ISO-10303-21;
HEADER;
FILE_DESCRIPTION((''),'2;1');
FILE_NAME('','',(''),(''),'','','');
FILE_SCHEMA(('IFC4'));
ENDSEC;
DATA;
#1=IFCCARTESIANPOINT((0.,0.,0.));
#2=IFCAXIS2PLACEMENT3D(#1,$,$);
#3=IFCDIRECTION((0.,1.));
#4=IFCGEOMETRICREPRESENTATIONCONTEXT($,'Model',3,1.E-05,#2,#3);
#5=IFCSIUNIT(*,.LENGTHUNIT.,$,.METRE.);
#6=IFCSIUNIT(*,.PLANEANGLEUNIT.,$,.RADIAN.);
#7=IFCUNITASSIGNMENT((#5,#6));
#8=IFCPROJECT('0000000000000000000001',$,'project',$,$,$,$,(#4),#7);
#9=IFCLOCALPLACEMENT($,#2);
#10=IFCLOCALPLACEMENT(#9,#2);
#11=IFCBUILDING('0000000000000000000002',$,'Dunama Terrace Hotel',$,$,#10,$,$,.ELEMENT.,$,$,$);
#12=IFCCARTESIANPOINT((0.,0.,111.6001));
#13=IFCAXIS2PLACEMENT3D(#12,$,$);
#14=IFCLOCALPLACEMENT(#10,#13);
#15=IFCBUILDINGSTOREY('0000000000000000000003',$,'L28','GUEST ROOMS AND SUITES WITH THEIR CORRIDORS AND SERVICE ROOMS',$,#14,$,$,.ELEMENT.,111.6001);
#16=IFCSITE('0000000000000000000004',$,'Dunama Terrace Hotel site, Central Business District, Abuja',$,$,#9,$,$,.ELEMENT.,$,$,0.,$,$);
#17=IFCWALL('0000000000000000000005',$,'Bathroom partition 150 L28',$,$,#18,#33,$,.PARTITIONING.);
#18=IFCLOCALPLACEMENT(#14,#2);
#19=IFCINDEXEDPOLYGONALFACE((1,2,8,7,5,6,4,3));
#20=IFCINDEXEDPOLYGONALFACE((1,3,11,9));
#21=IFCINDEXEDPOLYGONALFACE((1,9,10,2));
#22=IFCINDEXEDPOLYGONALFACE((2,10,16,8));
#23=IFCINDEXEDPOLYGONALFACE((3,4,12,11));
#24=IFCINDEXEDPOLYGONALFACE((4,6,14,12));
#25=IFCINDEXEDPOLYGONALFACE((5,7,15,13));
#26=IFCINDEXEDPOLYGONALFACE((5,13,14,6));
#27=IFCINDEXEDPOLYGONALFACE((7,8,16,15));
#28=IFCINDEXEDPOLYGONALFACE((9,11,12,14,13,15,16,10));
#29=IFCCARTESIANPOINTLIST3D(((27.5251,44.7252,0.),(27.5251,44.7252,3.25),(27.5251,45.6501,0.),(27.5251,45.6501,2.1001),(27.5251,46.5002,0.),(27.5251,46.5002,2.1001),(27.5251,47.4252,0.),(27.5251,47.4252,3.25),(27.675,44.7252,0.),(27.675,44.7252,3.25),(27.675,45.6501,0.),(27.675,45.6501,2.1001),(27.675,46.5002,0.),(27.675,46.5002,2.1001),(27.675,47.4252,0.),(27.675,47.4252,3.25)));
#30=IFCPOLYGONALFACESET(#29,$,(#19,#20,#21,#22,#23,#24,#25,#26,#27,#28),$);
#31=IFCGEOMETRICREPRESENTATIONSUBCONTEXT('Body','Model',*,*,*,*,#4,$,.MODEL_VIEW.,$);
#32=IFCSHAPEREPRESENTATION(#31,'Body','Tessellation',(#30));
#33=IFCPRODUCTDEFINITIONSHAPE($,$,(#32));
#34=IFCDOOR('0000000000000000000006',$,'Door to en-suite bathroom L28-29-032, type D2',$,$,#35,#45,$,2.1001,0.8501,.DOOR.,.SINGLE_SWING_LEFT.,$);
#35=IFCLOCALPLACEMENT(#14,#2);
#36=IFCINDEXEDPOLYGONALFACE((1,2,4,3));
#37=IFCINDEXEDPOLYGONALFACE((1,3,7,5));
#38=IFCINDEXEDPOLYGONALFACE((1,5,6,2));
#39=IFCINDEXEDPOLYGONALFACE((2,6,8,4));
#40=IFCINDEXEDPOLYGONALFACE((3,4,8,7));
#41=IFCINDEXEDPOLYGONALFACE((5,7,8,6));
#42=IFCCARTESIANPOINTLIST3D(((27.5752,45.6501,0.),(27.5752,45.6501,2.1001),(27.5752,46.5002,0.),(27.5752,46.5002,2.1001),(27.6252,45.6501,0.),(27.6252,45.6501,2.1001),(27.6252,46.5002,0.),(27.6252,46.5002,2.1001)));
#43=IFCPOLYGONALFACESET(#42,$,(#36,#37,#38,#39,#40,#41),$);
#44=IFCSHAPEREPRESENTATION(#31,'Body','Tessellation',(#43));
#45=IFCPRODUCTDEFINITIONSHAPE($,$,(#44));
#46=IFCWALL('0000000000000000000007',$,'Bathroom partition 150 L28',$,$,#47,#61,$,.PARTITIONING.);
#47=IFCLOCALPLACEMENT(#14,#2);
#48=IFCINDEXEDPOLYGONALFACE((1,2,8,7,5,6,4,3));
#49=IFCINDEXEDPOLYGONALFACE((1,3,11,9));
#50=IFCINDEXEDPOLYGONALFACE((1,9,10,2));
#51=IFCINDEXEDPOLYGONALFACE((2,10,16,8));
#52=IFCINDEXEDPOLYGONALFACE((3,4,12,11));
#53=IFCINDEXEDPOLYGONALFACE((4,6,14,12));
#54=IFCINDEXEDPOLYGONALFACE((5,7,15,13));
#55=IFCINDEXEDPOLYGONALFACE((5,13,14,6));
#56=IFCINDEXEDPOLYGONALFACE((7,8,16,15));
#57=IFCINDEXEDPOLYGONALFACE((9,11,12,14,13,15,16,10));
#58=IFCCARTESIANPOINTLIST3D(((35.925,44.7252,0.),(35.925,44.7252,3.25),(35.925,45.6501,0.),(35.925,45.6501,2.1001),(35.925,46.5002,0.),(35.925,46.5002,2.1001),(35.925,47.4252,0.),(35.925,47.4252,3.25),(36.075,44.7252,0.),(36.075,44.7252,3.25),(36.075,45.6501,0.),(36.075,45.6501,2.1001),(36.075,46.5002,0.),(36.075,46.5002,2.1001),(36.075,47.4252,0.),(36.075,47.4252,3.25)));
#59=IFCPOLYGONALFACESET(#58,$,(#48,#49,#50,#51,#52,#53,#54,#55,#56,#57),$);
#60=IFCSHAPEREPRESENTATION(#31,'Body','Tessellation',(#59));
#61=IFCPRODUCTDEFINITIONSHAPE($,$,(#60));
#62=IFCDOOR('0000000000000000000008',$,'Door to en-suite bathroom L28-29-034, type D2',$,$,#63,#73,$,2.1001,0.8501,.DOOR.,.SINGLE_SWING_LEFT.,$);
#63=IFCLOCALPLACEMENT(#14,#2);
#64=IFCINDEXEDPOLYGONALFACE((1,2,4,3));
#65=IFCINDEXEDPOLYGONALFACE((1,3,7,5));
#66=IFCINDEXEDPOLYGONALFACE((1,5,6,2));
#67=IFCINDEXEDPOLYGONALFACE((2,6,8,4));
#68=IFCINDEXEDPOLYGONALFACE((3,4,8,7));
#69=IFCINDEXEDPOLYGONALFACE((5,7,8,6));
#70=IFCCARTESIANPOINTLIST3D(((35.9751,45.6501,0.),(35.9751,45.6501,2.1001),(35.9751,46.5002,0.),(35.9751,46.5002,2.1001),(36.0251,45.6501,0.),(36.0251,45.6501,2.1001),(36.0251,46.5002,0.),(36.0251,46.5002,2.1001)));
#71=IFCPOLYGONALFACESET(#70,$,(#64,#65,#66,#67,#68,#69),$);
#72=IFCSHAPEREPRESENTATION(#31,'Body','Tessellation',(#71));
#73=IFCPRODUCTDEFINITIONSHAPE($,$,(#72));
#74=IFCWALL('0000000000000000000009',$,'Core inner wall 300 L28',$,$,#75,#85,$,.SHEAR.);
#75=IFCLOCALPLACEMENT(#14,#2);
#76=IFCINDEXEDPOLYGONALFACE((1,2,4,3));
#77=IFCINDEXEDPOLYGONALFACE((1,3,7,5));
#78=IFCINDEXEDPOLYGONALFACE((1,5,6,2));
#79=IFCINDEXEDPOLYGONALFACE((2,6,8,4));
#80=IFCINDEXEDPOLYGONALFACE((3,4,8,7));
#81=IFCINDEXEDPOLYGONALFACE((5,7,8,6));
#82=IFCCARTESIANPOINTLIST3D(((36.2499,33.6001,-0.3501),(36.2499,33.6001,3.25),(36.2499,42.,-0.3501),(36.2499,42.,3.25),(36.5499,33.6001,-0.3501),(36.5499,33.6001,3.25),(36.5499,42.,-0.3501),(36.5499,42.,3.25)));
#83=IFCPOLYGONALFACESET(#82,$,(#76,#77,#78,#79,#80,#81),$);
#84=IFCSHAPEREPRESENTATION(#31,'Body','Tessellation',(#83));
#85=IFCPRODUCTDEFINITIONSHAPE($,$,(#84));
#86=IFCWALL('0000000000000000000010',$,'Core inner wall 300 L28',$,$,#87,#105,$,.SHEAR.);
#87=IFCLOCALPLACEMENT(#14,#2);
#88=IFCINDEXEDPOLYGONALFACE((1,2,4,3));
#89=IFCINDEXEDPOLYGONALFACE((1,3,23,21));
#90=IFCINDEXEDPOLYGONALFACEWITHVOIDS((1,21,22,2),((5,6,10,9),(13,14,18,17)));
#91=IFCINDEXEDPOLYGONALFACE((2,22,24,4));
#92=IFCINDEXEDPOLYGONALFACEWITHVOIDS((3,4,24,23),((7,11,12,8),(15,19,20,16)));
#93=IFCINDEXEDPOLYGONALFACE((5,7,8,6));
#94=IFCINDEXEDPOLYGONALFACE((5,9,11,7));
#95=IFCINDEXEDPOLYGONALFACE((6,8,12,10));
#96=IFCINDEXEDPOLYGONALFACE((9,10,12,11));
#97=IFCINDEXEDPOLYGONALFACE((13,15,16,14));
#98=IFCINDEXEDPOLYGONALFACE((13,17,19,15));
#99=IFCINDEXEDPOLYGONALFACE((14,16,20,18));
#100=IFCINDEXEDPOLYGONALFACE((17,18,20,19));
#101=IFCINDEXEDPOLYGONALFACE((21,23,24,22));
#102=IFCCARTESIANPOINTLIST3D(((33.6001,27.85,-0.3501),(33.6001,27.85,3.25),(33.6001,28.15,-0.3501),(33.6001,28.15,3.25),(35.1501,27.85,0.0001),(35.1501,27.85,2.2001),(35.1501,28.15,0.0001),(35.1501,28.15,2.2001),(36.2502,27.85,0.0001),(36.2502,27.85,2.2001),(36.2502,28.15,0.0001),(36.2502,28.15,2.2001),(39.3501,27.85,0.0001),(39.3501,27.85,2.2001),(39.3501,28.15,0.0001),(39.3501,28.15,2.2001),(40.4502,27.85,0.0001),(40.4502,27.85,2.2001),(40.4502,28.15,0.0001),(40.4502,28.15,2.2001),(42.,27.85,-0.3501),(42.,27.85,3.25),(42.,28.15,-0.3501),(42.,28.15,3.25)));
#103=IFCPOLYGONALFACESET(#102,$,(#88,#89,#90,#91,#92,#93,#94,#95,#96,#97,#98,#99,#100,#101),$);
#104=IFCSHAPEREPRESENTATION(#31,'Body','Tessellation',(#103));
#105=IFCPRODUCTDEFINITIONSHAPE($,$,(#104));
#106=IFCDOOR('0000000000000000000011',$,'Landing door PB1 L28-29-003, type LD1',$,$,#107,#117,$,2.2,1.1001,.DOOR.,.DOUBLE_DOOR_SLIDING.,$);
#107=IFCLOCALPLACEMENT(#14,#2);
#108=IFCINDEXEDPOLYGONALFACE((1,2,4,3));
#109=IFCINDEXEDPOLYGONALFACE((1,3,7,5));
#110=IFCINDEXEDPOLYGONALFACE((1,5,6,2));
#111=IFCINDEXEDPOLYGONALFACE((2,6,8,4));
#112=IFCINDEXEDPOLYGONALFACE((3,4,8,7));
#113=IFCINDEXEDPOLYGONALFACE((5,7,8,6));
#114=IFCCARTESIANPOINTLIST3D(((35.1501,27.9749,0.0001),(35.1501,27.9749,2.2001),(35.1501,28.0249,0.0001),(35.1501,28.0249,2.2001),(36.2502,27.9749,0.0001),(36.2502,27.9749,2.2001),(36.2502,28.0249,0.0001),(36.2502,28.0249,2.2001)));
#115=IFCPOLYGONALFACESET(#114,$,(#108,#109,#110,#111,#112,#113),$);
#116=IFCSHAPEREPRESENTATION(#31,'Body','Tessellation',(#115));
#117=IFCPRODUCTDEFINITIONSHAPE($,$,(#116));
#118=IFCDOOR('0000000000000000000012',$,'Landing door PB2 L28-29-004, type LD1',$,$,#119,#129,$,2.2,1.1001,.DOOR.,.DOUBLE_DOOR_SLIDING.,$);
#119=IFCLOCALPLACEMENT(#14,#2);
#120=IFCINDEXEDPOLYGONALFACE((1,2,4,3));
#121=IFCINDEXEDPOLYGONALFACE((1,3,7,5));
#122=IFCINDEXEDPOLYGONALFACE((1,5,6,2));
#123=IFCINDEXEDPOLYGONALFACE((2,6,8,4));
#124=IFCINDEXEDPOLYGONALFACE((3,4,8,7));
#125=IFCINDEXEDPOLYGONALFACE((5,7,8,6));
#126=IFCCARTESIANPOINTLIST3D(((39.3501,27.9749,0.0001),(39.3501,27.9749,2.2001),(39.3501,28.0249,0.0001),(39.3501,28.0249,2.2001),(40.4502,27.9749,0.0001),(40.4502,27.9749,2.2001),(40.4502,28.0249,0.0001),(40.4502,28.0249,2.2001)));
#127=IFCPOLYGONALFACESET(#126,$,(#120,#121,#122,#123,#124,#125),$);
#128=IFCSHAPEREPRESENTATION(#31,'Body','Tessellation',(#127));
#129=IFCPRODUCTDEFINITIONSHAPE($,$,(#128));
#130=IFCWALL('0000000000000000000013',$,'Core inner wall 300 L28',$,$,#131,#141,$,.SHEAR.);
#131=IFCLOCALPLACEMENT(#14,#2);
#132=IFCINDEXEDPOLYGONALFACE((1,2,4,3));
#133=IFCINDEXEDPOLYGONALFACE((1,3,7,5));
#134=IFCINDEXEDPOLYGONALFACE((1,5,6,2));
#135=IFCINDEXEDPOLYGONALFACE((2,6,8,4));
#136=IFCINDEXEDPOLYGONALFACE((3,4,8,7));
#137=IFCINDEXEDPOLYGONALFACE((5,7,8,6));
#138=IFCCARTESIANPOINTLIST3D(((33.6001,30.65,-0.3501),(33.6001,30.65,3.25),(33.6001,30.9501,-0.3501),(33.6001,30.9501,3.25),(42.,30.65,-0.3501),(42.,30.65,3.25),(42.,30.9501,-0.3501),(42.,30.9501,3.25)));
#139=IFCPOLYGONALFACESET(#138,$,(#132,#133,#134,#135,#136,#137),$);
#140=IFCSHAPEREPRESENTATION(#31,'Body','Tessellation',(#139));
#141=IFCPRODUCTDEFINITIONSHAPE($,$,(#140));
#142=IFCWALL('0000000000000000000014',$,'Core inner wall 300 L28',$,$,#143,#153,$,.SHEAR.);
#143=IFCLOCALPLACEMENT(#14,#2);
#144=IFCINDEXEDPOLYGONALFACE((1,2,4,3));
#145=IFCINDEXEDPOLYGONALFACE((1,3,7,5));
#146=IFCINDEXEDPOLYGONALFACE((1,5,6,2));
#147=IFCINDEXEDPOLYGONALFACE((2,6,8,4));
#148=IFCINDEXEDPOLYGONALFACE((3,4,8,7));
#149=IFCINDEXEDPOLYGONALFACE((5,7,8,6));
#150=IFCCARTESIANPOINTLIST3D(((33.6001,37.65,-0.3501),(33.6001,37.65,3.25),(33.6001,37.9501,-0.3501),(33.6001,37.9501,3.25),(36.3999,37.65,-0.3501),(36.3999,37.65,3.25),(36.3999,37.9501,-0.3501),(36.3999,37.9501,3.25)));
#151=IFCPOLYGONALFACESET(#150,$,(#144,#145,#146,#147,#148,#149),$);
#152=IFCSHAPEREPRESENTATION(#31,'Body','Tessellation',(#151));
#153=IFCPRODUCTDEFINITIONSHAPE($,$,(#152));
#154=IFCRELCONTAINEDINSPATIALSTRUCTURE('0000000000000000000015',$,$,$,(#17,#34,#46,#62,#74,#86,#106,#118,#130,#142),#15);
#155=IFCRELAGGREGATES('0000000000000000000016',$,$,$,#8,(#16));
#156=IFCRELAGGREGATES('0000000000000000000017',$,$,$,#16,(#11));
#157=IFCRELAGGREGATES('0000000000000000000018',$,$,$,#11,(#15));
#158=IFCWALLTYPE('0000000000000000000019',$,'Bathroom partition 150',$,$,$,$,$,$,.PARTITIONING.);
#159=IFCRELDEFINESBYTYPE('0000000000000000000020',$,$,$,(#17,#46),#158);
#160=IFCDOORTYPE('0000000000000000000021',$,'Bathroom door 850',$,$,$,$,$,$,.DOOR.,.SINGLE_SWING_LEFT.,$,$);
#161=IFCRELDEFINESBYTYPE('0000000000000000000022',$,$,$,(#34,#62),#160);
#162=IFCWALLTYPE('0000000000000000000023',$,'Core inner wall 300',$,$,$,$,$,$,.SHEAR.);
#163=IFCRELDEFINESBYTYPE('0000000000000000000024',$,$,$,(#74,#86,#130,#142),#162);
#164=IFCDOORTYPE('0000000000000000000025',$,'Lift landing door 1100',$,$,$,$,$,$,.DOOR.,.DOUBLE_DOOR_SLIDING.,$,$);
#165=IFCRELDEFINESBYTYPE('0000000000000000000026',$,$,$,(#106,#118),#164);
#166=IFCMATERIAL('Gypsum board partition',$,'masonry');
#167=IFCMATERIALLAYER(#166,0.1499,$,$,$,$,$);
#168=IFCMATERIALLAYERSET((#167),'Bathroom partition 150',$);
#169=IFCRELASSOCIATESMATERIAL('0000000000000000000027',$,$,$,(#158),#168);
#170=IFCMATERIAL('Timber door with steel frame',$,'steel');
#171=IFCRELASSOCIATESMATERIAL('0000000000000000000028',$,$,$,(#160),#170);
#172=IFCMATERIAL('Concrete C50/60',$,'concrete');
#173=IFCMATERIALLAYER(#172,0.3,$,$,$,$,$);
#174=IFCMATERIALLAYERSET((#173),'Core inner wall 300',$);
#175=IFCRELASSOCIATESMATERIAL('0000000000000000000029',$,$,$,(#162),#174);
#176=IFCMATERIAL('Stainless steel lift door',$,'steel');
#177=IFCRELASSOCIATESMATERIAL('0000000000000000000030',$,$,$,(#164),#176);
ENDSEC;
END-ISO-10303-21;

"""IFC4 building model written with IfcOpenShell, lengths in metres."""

from ifc_helpers import new_model, si_unit, direction, frame, frame_2d, origin, place, context, subcontext, project, spatial, rectangle, extrude, material, layer, layer_set, type_object, element, fill, save


model = new_model("IFC4")

# Units and contexts
model_context = context("Model", 3, precision=1e-05, world=origin(), true_north=direction((0.0, 1.0)))
body_context = subcontext(model_context, "Body", "Model", "MODEL_VIEW")
ifc_project = project(units=[si_unit("LENGTHUNIT", "METRE"), si_unit("PLANEANGLEUNIT", "RADIAN")], contexts=[model_context])

# Site, building, storey
site_placement = place(None, origin())
site = spatial("IfcSite", under=ifc_project, at=site_placement, Name="Dunama Terrace Hotel site, Central Business District, Abuja", CompositionType="ELEMENT", RefElevation=0.0)
building_placement = place(site_placement, origin())
building = spatial("IfcBuilding", under=site, at=building_placement, Name="Dunama Terrace Hotel", CompositionType="ELEMENT")
storey_placement = place(building_placement, frame((0.0, 0.0, 111.6001)))
storey = spatial("IfcBuildingStorey", under=building, at=storey_placement, Name="L28", Description="GUEST ROOMS AND SUITES WITH THEIR CORRIDORS AND SERVICE ROOMS", CompositionType="ELEMENT", Elevation=111.6001)

# Walls, openings, doors
ifc_material_1 = material(Name="Gypsum board partition", Category="masonry")
ifc_layer_1 = layer(ifc_material_1, 0.1499)
ifc_layer_set_1 = layer_set([ifc_layer_1], Name="Bathroom partition 150")
wall_type_1 = type_object("IfcWallType", Name="Bathroom partition 150", PredefinedType="PARTITIONING", material=ifc_layer_set_1)
wall_1_placement = place(storey_placement, frame((27.6001, 44.7251, 0.0), z_axis=(0.0, 0.0, 1.0), x_axis=(0.0, 1.0, 0.0)))
wall_1 = element("IfcWall", 1, at=wall_1_placement, inside=storey, type_object=wall_type_1, Name="Bathroom partition 150 L28", PredefinedType="PARTITIONING", context=body_context, shape_type="SweptSolid", body=[
    extrude(rectangle(XDim=2.7, YDim=0.1499, at=frame_2d((1.3501, 0.0))), origin(), (0.0, 0.0, 1.0), 3.25),
])
opening_1_placement = place(wall_1_placement, frame((0.925, 0.0, 0.0)))
opening_1 = element("IfcOpeningElement", 2, at=opening_1_placement, cuts=wall_1, PredefinedType="OPENING", context=body_context, shape_type="SweptSolid", body=[
    extrude(rectangle(XDim=0.8501, YDim=2.1001, at=frame_2d((0.425, 1.05))), frame((0.0, 0.085, 0.0), z_axis=(0.0, -1.0, 0.0), x_axis=(1.0, 0.0, 0.0)), (0.0, 0.0, 1.0), 0.1699),
])
ifc_material_2 = material(Name="Timber door with steel frame", Category="steel")
door_type_1 = type_object("IfcDoorType", Name="Bathroom door 850", OperationType="SINGLE_SWING_LEFT", PredefinedType="DOOR", material=ifc_material_2)
door_1_placement = place(opening_1_placement, origin())
door_1 = element("IfcDoor", 3, at=door_1_placement, inside=storey, type_object=door_type_1, Name="Door to en-suite bathroom L28-29-032, type D2", OperationType="SINGLE_SWING_LEFT", OverallHeight=2.1001, OverallWidth=0.8501, PredefinedType="DOOR", context=body_context, shape_type="SweptSolid", body=[
    extrude(rectangle(XDim=0.8501, YDim=2.1001, at=frame_2d((0.425, 1.05))), frame((0.0, 0.0249, 0.0), z_axis=(0.0, -1.0, 0.0), x_axis=(1.0, 0.0, 0.0)), (0.0, 0.0, 1.0), 0.05),
])
fill(opening_1, door_1)
wall_2_placement = place(storey_placement, frame((36.0, 44.7251, 0.0), z_axis=(0.0, 0.0, 1.0), x_axis=(0.0, 1.0, 0.0)))
wall_2 = element("IfcWall", 4, at=wall_2_placement, inside=storey, type_object=wall_type_1, Name="Bathroom partition 150 L28", PredefinedType="PARTITIONING", context=body_context, shape_type="SweptSolid", body=[
    extrude(rectangle(XDim=2.7, YDim=0.1499, at=frame_2d((1.3501, 0.0))), origin(), (0.0, 0.0, 1.0), 3.25),
])
opening_2_placement = place(wall_2_placement, frame((0.925, 0.0, 0.0)))
opening_2 = element("IfcOpeningElement", 5, at=opening_2_placement, cuts=wall_2, PredefinedType="OPENING", context=body_context, shape_type="SweptSolid", body=[
    extrude(rectangle(XDim=0.8501, YDim=2.1001, at=frame_2d((0.425, 1.05))), frame((0.0, 0.085, 0.0), z_axis=(0.0, -1.0, 0.0), x_axis=(1.0, 0.0, 0.0)), (0.0, 0.0, 1.0), 0.1699),
])
door_2_placement = place(opening_2_placement, origin())
door_2 = element("IfcDoor", 6, at=door_2_placement, inside=storey, type_object=door_type_1, Name="Door to en-suite bathroom L28-29-034, type D2", OperationType="SINGLE_SWING_LEFT", OverallHeight=2.1001, OverallWidth=0.8501, PredefinedType="DOOR", context=body_context, shape_type="SweptSolid", body=[
    extrude(rectangle(XDim=0.8501, YDim=2.1001, at=frame_2d((0.425, 1.05))), frame((0.0, 0.0249, 0.0), z_axis=(0.0, -1.0, 0.0), x_axis=(1.0, 0.0, 0.0)), (0.0, 0.0, 1.0), 0.05),
])
fill(opening_2, door_2)

# Wall
ifc_material_3 = material(Name="Concrete C50/60", Category="concrete")
ifc_layer_2 = layer(ifc_material_3, 0.3)
ifc_layer_set_2 = layer_set([ifc_layer_2], Name="Core inner wall 300")
wall_type_2 = type_object("IfcWallType", Name="Core inner wall 300", PredefinedType="SHEAR", material=ifc_layer_set_2)
wall_3_placement = place(storey_placement, frame((36.3999, 33.6001, -0.3501), z_axis=(0.0, 0.0, 1.0), x_axis=(0.0, 1.0, 0.0)))
element("IfcWall", 7, at=wall_3_placement, inside=storey, type_object=wall_type_2, Name="Core inner wall 300 L28", PredefinedType="SHEAR", context=body_context, shape_type="SweptSolid", body=[
    extrude(rectangle(XDim=8.3999, YDim=0.3, at=frame_2d((4.2, 0.0))), origin(), (0.0, 0.0, 1.0), 3.6001),
])

# Wall, openings, doors
wall_4_placement = place(storey_placement, frame((33.6001, 28.0, -0.3501), z_axis=(0.0, 0.0, 1.0), x_axis=(1.0, 0.0, 0.0)))
wall_4 = element("IfcWall", 8, at=wall_4_placement, inside=storey, type_object=wall_type_2, Name="Core inner wall 300 L28", PredefinedType="SHEAR", context=body_context, shape_type="SweptSolid", body=[
    extrude(rectangle(XDim=8.3999, YDim=0.3, at=frame_2d((4.2, 0.0))), origin(), (0.0, 0.0, 1.0), 3.6001),
])
opening_3_placement = place(wall_4_placement, frame((1.55, 0.0, 0.3501)))
opening_3 = element("IfcOpeningElement", 9, at=opening_3_placement, cuts=wall_4, PredefinedType="OPENING", context=body_context, shape_type="SweptSolid", body=[
    extrude(rectangle(XDim=1.1001, YDim=2.2, at=frame_2d((0.55, 1.1001))), frame((0.0, 0.1599, 0.0), z_axis=(0.0, -1.0, 0.0), x_axis=(1.0, 0.0, 0.0)), (0.0, 0.0, 1.0), 0.3201),
])
opening_4_placement = place(wall_4_placement, frame((5.75, 0.0, 0.3501)))
opening_4 = element("IfcOpeningElement", 10, at=opening_4_placement, cuts=wall_4, PredefinedType="OPENING", context=body_context, shape_type="SweptSolid", body=[
    extrude(rectangle(XDim=1.1001, YDim=2.2, at=frame_2d((0.55, 1.1001))), frame((0.0, 0.1599, 0.0), z_axis=(0.0, -1.0, 0.0), x_axis=(1.0, 0.0, 0.0)), (0.0, 0.0, 1.0), 0.3201),
])
ifc_material_4 = material(Name="Stainless steel lift door", Category="steel")
door_type_2 = type_object("IfcDoorType", Name="Lift landing door 1100", OperationType="DOUBLE_DOOR_SLIDING", PredefinedType="DOOR", material=ifc_material_4)
door_3_placement = place(opening_3_placement, origin())
door_3 = element("IfcDoor", 11, at=door_3_placement, inside=storey, type_object=door_type_2, Name="Landing door PB1 L28-29-003, type LD1", OperationType="DOUBLE_DOOR_SLIDING", OverallHeight=2.2, OverallWidth=1.1001, PredefinedType="DOOR", context=body_context, shape_type="SweptSolid", body=[
    extrude(rectangle(XDim=1.1001, YDim=2.2, at=frame_2d((0.55, 1.1001))), frame((0.0, 0.0249, 0.0), z_axis=(0.0, -1.0, 0.0), x_axis=(1.0, 0.0, 0.0)), (0.0, 0.0, 1.0), 0.05),
])
fill(opening_3, door_3)
door_4_placement = place(opening_4_placement, origin())
door_4 = element("IfcDoor", 12, at=door_4_placement, inside=storey, type_object=door_type_2, Name="Landing door PB2 L28-29-004, type LD1", OperationType="DOUBLE_DOOR_SLIDING", OverallHeight=2.2, OverallWidth=1.1001, PredefinedType="DOOR", context=body_context, shape_type="SweptSolid", body=[
    extrude(rectangle(XDim=1.1001, YDim=2.2, at=frame_2d((0.55, 1.1001))), frame((0.0, 0.0249, 0.0), z_axis=(0.0, -1.0, 0.0), x_axis=(1.0, 0.0, 0.0)), (0.0, 0.0, 1.0), 0.05),
])
fill(opening_4, door_4)

# Walls
wall_5_placement = place(storey_placement, frame((33.6001, 30.8, -0.3501), z_axis=(0.0, 0.0, 1.0), x_axis=(1.0, 0.0, 0.0)))
element("IfcWall", 13, at=wall_5_placement, inside=storey, type_object=wall_type_2, Name="Core inner wall 300 L28", PredefinedType="SHEAR", context=body_context, shape_type="SweptSolid", body=[
    extrude(rectangle(XDim=8.3999, YDim=0.3, at=frame_2d((4.2, 0.0))), origin(), (0.0, 0.0, 1.0), 3.6001),
])
wall_6_placement = place(storey_placement, frame((33.6001, 37.8, -0.3501), z_axis=(0.0, 0.0, 1.0), x_axis=(1.0, 0.0, 0.0)))
element("IfcWall", 14, at=wall_6_placement, inside=storey, type_object=wall_type_2, Name="Core inner wall 300 L28", PredefinedType="SHEAR", context=body_context, shape_type="SweptSolid", body=[
    extrude(rectangle(XDim=2.7998, YDim=0.3, at=frame_2d((1.3999, 0.0))), origin(), (0.0, 0.0, 1.0), 3.6001),
])

save(model, "model.ifc")
